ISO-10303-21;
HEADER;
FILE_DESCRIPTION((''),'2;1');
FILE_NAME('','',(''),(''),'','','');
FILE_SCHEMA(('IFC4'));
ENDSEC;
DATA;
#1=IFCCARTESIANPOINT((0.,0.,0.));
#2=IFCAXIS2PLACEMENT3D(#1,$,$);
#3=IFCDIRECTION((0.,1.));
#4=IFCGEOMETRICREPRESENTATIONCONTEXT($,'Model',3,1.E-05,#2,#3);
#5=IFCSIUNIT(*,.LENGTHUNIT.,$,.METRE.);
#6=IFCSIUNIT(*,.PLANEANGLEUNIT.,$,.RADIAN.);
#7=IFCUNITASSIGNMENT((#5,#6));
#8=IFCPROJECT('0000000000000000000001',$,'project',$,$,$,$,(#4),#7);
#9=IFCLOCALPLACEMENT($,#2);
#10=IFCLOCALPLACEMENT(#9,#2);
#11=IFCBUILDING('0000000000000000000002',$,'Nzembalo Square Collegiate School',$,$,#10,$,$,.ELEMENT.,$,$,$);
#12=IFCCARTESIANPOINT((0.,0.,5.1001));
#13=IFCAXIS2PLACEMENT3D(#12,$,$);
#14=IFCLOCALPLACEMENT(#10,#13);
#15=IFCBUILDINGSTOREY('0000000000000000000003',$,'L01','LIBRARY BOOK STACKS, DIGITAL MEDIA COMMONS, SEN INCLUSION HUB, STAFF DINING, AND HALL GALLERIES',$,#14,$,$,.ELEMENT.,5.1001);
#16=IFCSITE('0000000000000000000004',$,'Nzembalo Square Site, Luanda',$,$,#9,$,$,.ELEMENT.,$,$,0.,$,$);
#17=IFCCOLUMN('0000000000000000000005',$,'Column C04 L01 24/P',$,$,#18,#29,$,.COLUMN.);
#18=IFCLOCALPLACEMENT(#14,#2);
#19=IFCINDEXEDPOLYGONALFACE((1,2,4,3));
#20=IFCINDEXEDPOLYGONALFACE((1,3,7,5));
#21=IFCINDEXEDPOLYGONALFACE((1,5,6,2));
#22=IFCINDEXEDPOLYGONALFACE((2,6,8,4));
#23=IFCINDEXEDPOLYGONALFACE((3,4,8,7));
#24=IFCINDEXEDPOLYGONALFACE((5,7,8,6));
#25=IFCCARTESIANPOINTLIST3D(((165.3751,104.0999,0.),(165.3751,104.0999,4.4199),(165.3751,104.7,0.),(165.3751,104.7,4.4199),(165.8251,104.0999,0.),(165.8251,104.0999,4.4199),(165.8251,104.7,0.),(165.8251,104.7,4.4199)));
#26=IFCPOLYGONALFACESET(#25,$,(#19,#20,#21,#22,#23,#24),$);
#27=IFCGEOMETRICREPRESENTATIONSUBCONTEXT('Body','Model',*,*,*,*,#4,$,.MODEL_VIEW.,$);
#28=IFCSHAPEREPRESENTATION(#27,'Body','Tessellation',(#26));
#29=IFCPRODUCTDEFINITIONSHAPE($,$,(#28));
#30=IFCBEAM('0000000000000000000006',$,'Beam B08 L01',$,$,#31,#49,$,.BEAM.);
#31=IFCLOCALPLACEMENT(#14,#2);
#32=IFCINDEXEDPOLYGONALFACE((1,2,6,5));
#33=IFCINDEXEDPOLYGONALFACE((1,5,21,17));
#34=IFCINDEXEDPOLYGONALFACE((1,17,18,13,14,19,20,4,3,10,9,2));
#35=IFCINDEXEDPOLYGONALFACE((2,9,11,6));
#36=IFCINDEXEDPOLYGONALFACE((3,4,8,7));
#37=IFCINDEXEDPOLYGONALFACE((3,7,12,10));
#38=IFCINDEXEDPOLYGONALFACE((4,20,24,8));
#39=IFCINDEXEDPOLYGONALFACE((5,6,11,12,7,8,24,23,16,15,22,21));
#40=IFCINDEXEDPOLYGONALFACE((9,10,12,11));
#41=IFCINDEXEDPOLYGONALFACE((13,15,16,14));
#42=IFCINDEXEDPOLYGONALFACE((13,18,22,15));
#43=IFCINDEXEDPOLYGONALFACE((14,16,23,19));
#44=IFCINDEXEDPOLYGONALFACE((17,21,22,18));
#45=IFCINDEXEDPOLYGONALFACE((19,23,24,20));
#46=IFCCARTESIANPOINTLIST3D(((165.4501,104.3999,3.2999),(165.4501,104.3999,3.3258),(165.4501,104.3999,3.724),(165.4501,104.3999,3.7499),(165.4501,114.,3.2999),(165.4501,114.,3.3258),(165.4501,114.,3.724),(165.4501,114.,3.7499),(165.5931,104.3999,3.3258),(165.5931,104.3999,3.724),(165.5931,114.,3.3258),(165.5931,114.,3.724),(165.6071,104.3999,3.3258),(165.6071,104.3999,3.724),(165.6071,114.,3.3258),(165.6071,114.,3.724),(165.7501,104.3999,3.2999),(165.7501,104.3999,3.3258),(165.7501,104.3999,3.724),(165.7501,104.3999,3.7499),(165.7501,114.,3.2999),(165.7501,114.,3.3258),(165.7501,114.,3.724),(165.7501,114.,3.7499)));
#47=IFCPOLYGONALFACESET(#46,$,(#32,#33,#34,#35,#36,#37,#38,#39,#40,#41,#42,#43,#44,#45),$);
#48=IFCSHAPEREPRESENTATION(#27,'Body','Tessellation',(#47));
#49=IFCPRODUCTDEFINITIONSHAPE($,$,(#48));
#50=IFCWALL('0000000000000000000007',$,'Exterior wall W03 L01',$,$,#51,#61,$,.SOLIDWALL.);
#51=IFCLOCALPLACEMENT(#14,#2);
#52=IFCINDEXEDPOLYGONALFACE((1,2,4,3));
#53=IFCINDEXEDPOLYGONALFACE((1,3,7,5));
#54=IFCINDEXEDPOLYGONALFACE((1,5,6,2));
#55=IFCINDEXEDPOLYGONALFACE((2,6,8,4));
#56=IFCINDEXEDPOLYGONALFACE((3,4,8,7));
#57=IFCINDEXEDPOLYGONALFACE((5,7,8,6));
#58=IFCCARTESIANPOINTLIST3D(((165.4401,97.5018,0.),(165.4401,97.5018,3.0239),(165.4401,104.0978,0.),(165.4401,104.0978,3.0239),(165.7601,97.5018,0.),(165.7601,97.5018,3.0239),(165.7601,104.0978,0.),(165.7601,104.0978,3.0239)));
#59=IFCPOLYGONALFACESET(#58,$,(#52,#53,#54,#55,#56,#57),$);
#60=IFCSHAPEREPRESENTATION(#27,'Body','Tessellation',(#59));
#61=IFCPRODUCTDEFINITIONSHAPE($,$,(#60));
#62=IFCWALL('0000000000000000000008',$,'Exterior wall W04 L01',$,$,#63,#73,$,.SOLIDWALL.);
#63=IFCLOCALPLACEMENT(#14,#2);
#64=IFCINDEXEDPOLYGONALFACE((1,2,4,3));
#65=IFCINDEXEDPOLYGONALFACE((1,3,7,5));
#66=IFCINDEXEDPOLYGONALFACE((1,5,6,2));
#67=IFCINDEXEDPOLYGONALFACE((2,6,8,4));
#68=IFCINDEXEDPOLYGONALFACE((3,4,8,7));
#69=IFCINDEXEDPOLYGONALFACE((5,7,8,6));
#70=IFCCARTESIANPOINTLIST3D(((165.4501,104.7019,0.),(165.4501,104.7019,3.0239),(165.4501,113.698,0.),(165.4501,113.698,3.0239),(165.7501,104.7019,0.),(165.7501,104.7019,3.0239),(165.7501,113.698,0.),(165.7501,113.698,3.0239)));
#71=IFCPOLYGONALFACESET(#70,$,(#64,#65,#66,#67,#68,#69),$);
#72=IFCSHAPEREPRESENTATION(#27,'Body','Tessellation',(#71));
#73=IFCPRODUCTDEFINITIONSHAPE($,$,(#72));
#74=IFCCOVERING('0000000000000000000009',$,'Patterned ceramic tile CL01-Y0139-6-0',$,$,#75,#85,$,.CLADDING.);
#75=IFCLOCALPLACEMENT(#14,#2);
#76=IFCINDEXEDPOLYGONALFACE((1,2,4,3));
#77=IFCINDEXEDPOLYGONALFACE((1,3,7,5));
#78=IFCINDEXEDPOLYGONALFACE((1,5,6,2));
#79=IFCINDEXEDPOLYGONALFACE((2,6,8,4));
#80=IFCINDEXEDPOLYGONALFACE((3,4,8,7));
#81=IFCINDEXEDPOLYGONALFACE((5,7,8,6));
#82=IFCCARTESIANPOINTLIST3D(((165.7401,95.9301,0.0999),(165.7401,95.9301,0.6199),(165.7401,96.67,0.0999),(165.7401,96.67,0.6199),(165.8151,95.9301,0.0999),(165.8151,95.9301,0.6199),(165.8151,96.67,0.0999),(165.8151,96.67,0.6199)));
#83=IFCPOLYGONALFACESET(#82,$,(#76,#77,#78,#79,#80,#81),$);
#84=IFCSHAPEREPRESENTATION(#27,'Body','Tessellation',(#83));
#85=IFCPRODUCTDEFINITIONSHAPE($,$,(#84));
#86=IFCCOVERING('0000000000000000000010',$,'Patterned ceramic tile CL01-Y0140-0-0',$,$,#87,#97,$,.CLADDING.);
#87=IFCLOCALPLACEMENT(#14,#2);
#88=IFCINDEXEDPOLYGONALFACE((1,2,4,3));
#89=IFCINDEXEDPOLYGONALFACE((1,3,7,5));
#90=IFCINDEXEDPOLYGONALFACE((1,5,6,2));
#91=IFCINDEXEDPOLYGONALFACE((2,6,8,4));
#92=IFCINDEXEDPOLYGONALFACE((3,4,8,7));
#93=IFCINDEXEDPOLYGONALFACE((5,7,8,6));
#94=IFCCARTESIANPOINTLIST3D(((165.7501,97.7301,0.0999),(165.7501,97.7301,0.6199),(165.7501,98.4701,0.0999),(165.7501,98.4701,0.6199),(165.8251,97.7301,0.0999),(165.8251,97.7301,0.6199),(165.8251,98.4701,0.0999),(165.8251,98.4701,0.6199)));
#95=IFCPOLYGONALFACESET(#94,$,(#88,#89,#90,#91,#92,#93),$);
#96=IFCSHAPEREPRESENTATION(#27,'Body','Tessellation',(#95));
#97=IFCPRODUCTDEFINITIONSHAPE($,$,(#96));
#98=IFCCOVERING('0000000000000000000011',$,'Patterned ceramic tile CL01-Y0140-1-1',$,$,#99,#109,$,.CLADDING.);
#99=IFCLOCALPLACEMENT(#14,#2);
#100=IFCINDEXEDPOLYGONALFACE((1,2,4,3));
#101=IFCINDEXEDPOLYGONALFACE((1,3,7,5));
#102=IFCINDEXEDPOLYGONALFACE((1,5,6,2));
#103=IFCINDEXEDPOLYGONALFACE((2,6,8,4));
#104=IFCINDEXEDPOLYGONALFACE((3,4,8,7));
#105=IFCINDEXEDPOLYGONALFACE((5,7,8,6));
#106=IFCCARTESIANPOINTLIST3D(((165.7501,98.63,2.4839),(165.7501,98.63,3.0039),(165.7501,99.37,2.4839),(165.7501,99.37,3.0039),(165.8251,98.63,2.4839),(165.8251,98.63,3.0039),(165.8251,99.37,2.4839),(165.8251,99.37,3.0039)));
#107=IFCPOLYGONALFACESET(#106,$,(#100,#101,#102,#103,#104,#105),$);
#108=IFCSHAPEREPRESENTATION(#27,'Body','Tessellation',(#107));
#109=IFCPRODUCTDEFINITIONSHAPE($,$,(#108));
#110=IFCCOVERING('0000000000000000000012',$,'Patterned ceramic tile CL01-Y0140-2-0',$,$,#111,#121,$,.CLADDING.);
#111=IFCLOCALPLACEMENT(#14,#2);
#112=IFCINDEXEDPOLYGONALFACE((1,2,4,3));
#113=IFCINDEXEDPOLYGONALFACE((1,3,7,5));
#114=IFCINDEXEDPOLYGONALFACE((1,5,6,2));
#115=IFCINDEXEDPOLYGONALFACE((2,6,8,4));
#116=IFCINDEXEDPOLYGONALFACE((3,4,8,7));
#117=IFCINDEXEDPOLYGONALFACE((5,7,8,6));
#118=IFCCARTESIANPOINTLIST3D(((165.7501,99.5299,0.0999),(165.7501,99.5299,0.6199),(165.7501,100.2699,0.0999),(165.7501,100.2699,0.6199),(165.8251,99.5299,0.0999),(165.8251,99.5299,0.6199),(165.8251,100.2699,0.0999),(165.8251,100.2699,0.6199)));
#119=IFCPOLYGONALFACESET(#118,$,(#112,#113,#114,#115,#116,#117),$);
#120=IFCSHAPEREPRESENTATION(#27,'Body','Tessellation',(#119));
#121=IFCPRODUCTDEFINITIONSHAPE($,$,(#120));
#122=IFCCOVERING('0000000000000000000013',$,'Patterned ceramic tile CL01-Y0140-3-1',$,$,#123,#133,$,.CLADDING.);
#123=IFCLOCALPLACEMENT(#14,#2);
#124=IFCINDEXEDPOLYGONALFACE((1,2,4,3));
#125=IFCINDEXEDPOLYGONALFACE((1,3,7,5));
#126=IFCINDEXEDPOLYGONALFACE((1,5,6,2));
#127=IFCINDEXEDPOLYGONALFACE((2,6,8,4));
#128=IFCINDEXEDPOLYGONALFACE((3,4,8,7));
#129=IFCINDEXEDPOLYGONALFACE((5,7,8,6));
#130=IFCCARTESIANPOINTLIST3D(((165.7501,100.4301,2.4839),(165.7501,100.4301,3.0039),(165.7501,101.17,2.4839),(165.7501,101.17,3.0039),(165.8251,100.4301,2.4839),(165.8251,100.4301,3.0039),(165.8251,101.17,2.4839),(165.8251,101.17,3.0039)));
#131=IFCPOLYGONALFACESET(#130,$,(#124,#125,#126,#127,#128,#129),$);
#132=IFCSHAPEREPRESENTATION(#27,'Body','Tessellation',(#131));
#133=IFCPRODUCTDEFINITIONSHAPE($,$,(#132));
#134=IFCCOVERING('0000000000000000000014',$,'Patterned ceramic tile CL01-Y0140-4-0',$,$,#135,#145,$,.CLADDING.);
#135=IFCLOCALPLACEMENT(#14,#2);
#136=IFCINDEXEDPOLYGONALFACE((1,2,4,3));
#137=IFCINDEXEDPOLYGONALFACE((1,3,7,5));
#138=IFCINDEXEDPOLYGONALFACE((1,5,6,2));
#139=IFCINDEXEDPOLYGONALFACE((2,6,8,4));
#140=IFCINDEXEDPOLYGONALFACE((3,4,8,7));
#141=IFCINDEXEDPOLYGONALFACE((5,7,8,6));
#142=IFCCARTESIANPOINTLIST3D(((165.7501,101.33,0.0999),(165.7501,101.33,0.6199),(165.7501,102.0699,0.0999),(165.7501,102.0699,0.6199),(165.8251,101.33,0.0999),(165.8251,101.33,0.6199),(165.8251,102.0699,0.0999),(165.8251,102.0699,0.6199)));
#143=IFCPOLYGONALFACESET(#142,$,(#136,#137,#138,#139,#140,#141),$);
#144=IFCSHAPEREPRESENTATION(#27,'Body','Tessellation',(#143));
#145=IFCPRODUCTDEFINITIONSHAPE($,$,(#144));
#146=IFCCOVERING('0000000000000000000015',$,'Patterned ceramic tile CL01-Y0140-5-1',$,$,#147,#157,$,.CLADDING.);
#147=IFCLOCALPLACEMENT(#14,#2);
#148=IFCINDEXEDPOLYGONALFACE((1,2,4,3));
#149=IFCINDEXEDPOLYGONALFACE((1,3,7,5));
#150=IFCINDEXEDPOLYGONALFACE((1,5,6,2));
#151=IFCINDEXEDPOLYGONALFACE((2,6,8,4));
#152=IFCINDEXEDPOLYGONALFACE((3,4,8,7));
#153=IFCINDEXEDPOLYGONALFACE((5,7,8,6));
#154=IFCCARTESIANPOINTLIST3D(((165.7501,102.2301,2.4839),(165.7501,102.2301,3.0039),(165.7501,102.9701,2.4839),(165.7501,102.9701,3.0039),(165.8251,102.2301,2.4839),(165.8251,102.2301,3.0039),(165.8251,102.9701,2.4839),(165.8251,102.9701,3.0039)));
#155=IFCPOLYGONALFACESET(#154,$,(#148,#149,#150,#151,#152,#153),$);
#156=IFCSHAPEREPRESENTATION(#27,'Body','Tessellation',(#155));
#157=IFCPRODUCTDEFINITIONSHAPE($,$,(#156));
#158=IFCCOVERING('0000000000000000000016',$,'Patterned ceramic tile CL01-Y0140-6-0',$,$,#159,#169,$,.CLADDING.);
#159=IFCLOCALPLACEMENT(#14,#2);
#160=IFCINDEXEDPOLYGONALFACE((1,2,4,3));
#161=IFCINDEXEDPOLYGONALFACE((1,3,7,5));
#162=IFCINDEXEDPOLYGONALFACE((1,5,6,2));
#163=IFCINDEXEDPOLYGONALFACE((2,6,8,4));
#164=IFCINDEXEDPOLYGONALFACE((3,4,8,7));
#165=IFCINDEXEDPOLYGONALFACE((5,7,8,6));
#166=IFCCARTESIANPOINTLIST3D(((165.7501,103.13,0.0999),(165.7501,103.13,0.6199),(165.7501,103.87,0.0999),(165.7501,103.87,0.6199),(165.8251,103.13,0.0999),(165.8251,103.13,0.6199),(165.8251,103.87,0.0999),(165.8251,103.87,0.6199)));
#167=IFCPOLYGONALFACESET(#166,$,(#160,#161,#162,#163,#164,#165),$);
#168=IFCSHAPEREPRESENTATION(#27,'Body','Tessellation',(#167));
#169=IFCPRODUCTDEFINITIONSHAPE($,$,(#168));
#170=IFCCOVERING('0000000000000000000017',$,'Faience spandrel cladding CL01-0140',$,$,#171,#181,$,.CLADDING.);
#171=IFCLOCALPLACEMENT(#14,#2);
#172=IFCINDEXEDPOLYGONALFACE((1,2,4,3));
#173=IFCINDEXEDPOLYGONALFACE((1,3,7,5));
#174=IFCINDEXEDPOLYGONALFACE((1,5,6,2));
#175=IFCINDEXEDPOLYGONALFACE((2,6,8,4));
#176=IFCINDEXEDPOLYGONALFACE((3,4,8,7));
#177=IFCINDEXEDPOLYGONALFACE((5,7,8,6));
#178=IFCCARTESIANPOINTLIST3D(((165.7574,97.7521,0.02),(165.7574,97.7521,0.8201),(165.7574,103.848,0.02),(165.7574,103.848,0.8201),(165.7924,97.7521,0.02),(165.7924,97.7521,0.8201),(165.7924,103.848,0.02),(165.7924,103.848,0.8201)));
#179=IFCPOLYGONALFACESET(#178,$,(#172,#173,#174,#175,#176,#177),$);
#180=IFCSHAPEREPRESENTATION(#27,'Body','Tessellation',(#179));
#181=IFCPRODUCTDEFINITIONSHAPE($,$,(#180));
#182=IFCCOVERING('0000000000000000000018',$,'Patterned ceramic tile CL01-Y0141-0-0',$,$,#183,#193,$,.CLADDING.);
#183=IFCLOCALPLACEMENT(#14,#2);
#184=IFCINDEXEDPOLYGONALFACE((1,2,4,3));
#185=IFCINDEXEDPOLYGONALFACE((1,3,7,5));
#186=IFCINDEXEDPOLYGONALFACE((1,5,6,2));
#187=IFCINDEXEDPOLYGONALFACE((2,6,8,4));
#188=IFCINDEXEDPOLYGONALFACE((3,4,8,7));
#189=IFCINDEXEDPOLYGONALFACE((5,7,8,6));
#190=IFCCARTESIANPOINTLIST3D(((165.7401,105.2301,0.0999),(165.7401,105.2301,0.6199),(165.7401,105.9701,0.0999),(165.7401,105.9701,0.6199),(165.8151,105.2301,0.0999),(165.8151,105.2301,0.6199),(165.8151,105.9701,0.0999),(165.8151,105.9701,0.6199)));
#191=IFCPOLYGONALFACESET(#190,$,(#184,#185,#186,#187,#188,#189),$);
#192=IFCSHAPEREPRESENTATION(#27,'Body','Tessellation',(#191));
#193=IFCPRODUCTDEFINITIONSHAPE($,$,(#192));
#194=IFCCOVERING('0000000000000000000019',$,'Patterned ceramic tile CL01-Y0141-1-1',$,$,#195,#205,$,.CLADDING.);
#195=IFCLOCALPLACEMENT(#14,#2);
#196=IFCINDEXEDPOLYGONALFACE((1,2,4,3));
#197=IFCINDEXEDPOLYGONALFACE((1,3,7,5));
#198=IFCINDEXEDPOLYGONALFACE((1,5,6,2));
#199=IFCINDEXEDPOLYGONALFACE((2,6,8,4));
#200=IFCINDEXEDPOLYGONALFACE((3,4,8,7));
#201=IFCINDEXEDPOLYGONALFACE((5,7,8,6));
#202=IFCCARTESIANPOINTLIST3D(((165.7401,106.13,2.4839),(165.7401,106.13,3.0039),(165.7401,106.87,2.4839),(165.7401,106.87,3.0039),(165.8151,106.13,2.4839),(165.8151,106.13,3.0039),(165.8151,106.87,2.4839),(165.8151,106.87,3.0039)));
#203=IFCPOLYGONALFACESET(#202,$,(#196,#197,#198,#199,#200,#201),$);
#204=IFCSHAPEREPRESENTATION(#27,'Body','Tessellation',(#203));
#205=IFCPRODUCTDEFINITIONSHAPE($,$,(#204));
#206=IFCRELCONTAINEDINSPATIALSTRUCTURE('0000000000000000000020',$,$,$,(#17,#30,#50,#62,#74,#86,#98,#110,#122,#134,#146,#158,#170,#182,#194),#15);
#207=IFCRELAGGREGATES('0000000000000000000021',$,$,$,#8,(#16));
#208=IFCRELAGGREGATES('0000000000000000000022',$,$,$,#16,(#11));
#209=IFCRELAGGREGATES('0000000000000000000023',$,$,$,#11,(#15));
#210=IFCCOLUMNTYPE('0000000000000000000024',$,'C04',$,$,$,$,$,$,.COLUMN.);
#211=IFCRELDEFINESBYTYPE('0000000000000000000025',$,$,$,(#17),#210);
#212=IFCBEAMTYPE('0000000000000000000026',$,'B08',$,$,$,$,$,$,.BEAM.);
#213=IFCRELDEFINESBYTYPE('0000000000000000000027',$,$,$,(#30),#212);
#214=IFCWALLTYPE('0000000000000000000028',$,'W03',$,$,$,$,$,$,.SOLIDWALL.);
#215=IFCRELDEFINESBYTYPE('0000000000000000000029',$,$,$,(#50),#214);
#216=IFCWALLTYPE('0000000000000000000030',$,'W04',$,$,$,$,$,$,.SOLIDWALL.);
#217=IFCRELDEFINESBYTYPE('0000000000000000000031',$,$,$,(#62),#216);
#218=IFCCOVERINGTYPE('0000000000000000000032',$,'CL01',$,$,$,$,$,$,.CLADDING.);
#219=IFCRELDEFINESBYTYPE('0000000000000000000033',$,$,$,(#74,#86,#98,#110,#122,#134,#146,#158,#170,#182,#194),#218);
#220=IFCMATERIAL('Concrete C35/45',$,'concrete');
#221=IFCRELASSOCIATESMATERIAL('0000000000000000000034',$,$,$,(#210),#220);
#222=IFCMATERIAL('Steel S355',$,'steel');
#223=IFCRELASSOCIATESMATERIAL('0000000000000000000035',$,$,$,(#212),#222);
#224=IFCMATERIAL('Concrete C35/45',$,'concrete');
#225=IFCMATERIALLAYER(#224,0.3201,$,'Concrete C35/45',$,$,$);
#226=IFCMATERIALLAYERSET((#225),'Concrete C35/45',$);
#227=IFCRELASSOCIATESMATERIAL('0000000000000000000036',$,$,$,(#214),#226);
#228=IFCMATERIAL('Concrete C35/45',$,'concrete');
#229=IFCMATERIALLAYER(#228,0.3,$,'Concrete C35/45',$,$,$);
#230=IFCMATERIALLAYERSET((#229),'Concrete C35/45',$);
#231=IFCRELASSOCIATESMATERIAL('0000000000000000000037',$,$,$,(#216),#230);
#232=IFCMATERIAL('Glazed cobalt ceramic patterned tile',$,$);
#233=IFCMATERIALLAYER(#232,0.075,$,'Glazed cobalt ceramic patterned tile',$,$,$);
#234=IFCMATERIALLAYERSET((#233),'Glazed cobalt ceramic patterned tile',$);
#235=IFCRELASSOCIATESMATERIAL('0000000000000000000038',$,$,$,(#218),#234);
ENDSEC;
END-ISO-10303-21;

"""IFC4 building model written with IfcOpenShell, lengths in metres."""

from ifc_helpers import new_model, si_unit, direction, frame, frame_2d, origin, origin_2d, place, context, subcontext, project, spatial, rectangle, i_section, extrude, material, layer, layer_set, material_profile, profile_set, type_object, element, save


model = new_model("IFC4")

# Units and contexts
model_context = context("Model", 3, precision=1e-05, world=origin(), true_north=direction((0.0, 1.0)))
body_context = subcontext(model_context, "Body", "Model", "MODEL_VIEW")
ifc_project = project(units=[si_unit("LENGTHUNIT", "METRE"), si_unit("PLANEANGLEUNIT", "RADIAN")], contexts=[model_context])

# Site, building, storey
site_placement = place(None, origin())
site = spatial("IfcSite", under=ifc_project, at=site_placement, Name="Nzembalo Square Site, Luanda", CompositionType="ELEMENT", RefElevation=0.0)
building_placement = place(site_placement, origin())
building = spatial("IfcBuilding", under=site, at=building_placement, Name="Nzembalo Square Collegiate School", CompositionType="ELEMENT")
storey_placement = place(building_placement, frame((0.0, 0.0, 5.1001)))
storey = spatial("IfcBuildingStorey", under=building, at=storey_placement, Name="L01", Description="LIBRARY BOOK STACKS, DIGITAL MEDIA COMMONS, SEN INCLUSION HUB, STAFF DINING, AND HALL GALLERIES", CompositionType="ELEMENT", Elevation=5.1001)

# Column
ifc_material_1 = material(Name="Concrete C35/45", Category="concrete")
ifc_material_profile_1 = material_profile(ifc_material_1, rectangle(XDim=0.45, YDim=0.6001, at=origin_2d()), Name="RC 450x600")
ifc_profile_set_1 = profile_set([ifc_material_profile_1], Name="Concrete C35/45")
column_type = type_object("IfcColumnType", Name="C04", PredefinedType="COLUMN", material=ifc_profile_set_1)
column_placement = place(storey_placement, frame((165.6001, 104.3999, 0.0), z_axis=(0.0, 0.0, 1.0), x_axis=(1.0, 0.0, 0.0)))
element("IfcColumn", 1, at=column_placement, inside=storey, type_object=column_type, Name="Column C04 L01 24/P", PredefinedType="COLUMN", context=body_context, shape_type="SweptSolid", body=[
    extrude(rectangle(XDim=0.45, YDim=0.6001, at=origin_2d()), origin(), (0.0, 0.0, 1.0), 4.4199),
])

# Beam
ifc_material_2 = material(Name="Steel S355", Category="steel")
ifc_material_profile_2 = material_profile(ifc_material_2, i_section(OverallWidth=0.3, OverallDepth=0.45, WebThickness=0.0139, FlangeThickness=0.0259, at=origin_2d()), Name="HEB 450")
ifc_profile_set_2 = profile_set([ifc_material_profile_2], Name="Steel S355")
beam_type = type_object("IfcBeamType", Name="B08", PredefinedType="BEAM", material=ifc_profile_set_2)
beam_placement = place(storey_placement, frame((165.6001, 104.3999, 3.5249), z_axis=(0.0, 1.0, 0.0), x_axis=(-1.0, 0.0, 0.0)))
element("IfcBeam", 2, at=beam_placement, inside=storey, type_object=beam_type, Name="Beam B08 L01", PredefinedType="BEAM", context=body_context, shape_type="SweptSolid", body=[
    extrude(i_section(OverallWidth=0.3, OverallDepth=0.45, WebThickness=0.0139, FlangeThickness=0.0259, at=origin_2d()), origin(), (0.0, 0.0, 1.0), 9.6001),
])

# Walls
ifc_material_3 = material(Name="Concrete C35/45", Category="concrete")
ifc_layer_1 = layer(ifc_material_3, 0.3201, Name="Concrete C35/45")
ifc_layer_set_1 = layer_set([ifc_layer_1], Name="Concrete C35/45")
wall_type_1 = type_object("IfcWallType", Name="W03", PredefinedType="SOLIDWALL", material=ifc_layer_set_1)
wall_1_placement = place(storey_placement, frame((165.6001, 97.502, 0.0), z_axis=(0.0, 0.0, 1.0), x_axis=(0.0, 1.0, 0.0)))
element("IfcWall", 3, at=wall_1_placement, inside=storey, type_object=wall_type_1, Name="Exterior wall W03 L01", PredefinedType="SOLIDWALL", context=body_context, shape_type="SweptSolid", body=[
    extrude(rectangle(XDim=6.5959, YDim=0.3201, at=frame_2d((3.2979, 0.0))), origin(), (0.0, 0.0, 1.0), 3.0239),
])
ifc_material_4 = material(Name="Concrete C35/45", Category="concrete")
ifc_layer_2 = layer(ifc_material_4, 0.3, Name="Concrete C35/45")
ifc_layer_set_2 = layer_set([ifc_layer_2], Name="Concrete C35/45")
wall_type_2 = type_object("IfcWallType", Name="W04", PredefinedType="SOLIDWALL", material=ifc_layer_set_2)
wall_2_placement = place(storey_placement, frame((165.6001, 104.7019, 0.0), z_axis=(0.0, 0.0, 1.0), x_axis=(0.0, 1.0, 0.0)))
element("IfcWall", 4, at=wall_2_placement, inside=storey, type_object=wall_type_2, Name="Exterior wall W04 L01", PredefinedType="SOLIDWALL", context=body_context, shape_type="SweptSolid", body=[
    extrude(rectangle(XDim=8.9961, YDim=0.3, at=frame_2d((4.498, 0.0))), origin(), (0.0, 0.0, 1.0), 3.0239),
])

# Coverings
ifc_material_5 = material(Name="Glazed cobalt ceramic patterned tile")
ifc_layer_3 = layer(ifc_material_5, 0.075, Name="Glazed cobalt ceramic patterned tile")
ifc_layer_set_3 = layer_set([ifc_layer_3], Name="Glazed cobalt ceramic patterned tile")
covering_type_1 = type_object("IfcCoveringType", Name="CL01", PredefinedType="CLADDING", material=ifc_layer_set_3)
for number, where, z_axis, x_axis, name in (
    (5, (165.7776, 96.3, 0.0999), (0.0, 0.0, 1.0), (1.0, 0.0, 0.0), "Patterned ceramic tile CL01-Y0139-6-0"),
    (6, (165.7876, 98.1001, 0.0999), (0.0, 0.0, 1.0), (1.0, 0.0, 0.0), "Patterned ceramic tile CL01-Y0140-0-0"),
    (7, (165.7876, 99.0, 2.4839), (0.0, 0.0, 1.0), (1.0, 0.0, 0.0), "Patterned ceramic tile CL01-Y0140-1-1"),
    (8, (165.7876, 99.8999, 0.0999), (0.0, 0.0, 1.0), (1.0, 0.0, 0.0), "Patterned ceramic tile CL01-Y0140-2-0"),
    (9, (165.7876, 100.8, 2.4839), (0.0, 0.0, 1.0), (1.0, 0.0, 0.0), "Patterned ceramic tile CL01-Y0140-3-1"),
    (10, (165.7876, 101.7, 0.0999), (0.0, 0.0, 1.0), (1.0, 0.0, 0.0), "Patterned ceramic tile CL01-Y0140-4-0"),
    (11, (165.7876, 102.6001, 2.4839), (0.0, 0.0, 1.0), (1.0, 0.0, 0.0), "Patterned ceramic tile CL01-Y0140-5-1"),
    (12, (165.7876, 103.5, 0.0999), (0.0, 0.0, 1.0), (1.0, 0.0, 0.0), "Patterned ceramic tile CL01-Y0140-6-0"),
):
    element("IfcCovering", number, at=place(storey_placement, frame(where, z_axis=z_axis, x_axis=x_axis)), inside=storey, type_object=covering_type_1, Name=name, PredefinedType="CLADDING", context=body_context, shape_type="SweptSolid", body=[
        extrude(rectangle(XDim=0.075, YDim=0.74, at=origin_2d()), origin(), (0.0, 0.0, 1.0), 0.52),
    ])
covering_placement = place(storey_placement, frame((165.7749, 100.8, 0.02), z_axis=(0.0, 0.0, 1.0), x_axis=(1.0, 0.0, 0.0)))
element("IfcCovering", 13, at=covering_placement, inside=storey, type_object=covering_type_1, Name="Faience spandrel cladding CL01-0140", PredefinedType="CLADDING", context=body_context, shape_type="SweptSolid", body=[
    extrude(rectangle(XDim=0.0349, YDim=6.0959, at=origin_2d()), origin(), (0.0, 0.0, 1.0), 0.8),
])
for number, where, z_axis, x_axis, name in (
    (14, (165.7776, 105.6001, 0.0999), (0.0, 0.0, 1.0), (1.0, 0.0, 0.0), "Patterned ceramic tile CL01-Y0141-0-0"),
    (15, (165.7776, 106.5, 2.4839), (0.0, 0.0, 1.0), (1.0, 0.0, 0.0), "Patterned ceramic tile CL01-Y0141-1-1"),
):
    element("IfcCovering", number, at=place(storey_placement, frame(where, z_axis=z_axis, x_axis=x_axis)), inside=storey, type_object=covering_type_1, Name=name, PredefinedType="CLADDING", context=body_context, shape_type="SweptSolid", body=[
        extrude(rectangle(XDim=0.075, YDim=0.74, at=origin_2d()), origin(), (0.0, 0.0, 1.0), 0.52),
    ])

save(model, "model.ifc")
